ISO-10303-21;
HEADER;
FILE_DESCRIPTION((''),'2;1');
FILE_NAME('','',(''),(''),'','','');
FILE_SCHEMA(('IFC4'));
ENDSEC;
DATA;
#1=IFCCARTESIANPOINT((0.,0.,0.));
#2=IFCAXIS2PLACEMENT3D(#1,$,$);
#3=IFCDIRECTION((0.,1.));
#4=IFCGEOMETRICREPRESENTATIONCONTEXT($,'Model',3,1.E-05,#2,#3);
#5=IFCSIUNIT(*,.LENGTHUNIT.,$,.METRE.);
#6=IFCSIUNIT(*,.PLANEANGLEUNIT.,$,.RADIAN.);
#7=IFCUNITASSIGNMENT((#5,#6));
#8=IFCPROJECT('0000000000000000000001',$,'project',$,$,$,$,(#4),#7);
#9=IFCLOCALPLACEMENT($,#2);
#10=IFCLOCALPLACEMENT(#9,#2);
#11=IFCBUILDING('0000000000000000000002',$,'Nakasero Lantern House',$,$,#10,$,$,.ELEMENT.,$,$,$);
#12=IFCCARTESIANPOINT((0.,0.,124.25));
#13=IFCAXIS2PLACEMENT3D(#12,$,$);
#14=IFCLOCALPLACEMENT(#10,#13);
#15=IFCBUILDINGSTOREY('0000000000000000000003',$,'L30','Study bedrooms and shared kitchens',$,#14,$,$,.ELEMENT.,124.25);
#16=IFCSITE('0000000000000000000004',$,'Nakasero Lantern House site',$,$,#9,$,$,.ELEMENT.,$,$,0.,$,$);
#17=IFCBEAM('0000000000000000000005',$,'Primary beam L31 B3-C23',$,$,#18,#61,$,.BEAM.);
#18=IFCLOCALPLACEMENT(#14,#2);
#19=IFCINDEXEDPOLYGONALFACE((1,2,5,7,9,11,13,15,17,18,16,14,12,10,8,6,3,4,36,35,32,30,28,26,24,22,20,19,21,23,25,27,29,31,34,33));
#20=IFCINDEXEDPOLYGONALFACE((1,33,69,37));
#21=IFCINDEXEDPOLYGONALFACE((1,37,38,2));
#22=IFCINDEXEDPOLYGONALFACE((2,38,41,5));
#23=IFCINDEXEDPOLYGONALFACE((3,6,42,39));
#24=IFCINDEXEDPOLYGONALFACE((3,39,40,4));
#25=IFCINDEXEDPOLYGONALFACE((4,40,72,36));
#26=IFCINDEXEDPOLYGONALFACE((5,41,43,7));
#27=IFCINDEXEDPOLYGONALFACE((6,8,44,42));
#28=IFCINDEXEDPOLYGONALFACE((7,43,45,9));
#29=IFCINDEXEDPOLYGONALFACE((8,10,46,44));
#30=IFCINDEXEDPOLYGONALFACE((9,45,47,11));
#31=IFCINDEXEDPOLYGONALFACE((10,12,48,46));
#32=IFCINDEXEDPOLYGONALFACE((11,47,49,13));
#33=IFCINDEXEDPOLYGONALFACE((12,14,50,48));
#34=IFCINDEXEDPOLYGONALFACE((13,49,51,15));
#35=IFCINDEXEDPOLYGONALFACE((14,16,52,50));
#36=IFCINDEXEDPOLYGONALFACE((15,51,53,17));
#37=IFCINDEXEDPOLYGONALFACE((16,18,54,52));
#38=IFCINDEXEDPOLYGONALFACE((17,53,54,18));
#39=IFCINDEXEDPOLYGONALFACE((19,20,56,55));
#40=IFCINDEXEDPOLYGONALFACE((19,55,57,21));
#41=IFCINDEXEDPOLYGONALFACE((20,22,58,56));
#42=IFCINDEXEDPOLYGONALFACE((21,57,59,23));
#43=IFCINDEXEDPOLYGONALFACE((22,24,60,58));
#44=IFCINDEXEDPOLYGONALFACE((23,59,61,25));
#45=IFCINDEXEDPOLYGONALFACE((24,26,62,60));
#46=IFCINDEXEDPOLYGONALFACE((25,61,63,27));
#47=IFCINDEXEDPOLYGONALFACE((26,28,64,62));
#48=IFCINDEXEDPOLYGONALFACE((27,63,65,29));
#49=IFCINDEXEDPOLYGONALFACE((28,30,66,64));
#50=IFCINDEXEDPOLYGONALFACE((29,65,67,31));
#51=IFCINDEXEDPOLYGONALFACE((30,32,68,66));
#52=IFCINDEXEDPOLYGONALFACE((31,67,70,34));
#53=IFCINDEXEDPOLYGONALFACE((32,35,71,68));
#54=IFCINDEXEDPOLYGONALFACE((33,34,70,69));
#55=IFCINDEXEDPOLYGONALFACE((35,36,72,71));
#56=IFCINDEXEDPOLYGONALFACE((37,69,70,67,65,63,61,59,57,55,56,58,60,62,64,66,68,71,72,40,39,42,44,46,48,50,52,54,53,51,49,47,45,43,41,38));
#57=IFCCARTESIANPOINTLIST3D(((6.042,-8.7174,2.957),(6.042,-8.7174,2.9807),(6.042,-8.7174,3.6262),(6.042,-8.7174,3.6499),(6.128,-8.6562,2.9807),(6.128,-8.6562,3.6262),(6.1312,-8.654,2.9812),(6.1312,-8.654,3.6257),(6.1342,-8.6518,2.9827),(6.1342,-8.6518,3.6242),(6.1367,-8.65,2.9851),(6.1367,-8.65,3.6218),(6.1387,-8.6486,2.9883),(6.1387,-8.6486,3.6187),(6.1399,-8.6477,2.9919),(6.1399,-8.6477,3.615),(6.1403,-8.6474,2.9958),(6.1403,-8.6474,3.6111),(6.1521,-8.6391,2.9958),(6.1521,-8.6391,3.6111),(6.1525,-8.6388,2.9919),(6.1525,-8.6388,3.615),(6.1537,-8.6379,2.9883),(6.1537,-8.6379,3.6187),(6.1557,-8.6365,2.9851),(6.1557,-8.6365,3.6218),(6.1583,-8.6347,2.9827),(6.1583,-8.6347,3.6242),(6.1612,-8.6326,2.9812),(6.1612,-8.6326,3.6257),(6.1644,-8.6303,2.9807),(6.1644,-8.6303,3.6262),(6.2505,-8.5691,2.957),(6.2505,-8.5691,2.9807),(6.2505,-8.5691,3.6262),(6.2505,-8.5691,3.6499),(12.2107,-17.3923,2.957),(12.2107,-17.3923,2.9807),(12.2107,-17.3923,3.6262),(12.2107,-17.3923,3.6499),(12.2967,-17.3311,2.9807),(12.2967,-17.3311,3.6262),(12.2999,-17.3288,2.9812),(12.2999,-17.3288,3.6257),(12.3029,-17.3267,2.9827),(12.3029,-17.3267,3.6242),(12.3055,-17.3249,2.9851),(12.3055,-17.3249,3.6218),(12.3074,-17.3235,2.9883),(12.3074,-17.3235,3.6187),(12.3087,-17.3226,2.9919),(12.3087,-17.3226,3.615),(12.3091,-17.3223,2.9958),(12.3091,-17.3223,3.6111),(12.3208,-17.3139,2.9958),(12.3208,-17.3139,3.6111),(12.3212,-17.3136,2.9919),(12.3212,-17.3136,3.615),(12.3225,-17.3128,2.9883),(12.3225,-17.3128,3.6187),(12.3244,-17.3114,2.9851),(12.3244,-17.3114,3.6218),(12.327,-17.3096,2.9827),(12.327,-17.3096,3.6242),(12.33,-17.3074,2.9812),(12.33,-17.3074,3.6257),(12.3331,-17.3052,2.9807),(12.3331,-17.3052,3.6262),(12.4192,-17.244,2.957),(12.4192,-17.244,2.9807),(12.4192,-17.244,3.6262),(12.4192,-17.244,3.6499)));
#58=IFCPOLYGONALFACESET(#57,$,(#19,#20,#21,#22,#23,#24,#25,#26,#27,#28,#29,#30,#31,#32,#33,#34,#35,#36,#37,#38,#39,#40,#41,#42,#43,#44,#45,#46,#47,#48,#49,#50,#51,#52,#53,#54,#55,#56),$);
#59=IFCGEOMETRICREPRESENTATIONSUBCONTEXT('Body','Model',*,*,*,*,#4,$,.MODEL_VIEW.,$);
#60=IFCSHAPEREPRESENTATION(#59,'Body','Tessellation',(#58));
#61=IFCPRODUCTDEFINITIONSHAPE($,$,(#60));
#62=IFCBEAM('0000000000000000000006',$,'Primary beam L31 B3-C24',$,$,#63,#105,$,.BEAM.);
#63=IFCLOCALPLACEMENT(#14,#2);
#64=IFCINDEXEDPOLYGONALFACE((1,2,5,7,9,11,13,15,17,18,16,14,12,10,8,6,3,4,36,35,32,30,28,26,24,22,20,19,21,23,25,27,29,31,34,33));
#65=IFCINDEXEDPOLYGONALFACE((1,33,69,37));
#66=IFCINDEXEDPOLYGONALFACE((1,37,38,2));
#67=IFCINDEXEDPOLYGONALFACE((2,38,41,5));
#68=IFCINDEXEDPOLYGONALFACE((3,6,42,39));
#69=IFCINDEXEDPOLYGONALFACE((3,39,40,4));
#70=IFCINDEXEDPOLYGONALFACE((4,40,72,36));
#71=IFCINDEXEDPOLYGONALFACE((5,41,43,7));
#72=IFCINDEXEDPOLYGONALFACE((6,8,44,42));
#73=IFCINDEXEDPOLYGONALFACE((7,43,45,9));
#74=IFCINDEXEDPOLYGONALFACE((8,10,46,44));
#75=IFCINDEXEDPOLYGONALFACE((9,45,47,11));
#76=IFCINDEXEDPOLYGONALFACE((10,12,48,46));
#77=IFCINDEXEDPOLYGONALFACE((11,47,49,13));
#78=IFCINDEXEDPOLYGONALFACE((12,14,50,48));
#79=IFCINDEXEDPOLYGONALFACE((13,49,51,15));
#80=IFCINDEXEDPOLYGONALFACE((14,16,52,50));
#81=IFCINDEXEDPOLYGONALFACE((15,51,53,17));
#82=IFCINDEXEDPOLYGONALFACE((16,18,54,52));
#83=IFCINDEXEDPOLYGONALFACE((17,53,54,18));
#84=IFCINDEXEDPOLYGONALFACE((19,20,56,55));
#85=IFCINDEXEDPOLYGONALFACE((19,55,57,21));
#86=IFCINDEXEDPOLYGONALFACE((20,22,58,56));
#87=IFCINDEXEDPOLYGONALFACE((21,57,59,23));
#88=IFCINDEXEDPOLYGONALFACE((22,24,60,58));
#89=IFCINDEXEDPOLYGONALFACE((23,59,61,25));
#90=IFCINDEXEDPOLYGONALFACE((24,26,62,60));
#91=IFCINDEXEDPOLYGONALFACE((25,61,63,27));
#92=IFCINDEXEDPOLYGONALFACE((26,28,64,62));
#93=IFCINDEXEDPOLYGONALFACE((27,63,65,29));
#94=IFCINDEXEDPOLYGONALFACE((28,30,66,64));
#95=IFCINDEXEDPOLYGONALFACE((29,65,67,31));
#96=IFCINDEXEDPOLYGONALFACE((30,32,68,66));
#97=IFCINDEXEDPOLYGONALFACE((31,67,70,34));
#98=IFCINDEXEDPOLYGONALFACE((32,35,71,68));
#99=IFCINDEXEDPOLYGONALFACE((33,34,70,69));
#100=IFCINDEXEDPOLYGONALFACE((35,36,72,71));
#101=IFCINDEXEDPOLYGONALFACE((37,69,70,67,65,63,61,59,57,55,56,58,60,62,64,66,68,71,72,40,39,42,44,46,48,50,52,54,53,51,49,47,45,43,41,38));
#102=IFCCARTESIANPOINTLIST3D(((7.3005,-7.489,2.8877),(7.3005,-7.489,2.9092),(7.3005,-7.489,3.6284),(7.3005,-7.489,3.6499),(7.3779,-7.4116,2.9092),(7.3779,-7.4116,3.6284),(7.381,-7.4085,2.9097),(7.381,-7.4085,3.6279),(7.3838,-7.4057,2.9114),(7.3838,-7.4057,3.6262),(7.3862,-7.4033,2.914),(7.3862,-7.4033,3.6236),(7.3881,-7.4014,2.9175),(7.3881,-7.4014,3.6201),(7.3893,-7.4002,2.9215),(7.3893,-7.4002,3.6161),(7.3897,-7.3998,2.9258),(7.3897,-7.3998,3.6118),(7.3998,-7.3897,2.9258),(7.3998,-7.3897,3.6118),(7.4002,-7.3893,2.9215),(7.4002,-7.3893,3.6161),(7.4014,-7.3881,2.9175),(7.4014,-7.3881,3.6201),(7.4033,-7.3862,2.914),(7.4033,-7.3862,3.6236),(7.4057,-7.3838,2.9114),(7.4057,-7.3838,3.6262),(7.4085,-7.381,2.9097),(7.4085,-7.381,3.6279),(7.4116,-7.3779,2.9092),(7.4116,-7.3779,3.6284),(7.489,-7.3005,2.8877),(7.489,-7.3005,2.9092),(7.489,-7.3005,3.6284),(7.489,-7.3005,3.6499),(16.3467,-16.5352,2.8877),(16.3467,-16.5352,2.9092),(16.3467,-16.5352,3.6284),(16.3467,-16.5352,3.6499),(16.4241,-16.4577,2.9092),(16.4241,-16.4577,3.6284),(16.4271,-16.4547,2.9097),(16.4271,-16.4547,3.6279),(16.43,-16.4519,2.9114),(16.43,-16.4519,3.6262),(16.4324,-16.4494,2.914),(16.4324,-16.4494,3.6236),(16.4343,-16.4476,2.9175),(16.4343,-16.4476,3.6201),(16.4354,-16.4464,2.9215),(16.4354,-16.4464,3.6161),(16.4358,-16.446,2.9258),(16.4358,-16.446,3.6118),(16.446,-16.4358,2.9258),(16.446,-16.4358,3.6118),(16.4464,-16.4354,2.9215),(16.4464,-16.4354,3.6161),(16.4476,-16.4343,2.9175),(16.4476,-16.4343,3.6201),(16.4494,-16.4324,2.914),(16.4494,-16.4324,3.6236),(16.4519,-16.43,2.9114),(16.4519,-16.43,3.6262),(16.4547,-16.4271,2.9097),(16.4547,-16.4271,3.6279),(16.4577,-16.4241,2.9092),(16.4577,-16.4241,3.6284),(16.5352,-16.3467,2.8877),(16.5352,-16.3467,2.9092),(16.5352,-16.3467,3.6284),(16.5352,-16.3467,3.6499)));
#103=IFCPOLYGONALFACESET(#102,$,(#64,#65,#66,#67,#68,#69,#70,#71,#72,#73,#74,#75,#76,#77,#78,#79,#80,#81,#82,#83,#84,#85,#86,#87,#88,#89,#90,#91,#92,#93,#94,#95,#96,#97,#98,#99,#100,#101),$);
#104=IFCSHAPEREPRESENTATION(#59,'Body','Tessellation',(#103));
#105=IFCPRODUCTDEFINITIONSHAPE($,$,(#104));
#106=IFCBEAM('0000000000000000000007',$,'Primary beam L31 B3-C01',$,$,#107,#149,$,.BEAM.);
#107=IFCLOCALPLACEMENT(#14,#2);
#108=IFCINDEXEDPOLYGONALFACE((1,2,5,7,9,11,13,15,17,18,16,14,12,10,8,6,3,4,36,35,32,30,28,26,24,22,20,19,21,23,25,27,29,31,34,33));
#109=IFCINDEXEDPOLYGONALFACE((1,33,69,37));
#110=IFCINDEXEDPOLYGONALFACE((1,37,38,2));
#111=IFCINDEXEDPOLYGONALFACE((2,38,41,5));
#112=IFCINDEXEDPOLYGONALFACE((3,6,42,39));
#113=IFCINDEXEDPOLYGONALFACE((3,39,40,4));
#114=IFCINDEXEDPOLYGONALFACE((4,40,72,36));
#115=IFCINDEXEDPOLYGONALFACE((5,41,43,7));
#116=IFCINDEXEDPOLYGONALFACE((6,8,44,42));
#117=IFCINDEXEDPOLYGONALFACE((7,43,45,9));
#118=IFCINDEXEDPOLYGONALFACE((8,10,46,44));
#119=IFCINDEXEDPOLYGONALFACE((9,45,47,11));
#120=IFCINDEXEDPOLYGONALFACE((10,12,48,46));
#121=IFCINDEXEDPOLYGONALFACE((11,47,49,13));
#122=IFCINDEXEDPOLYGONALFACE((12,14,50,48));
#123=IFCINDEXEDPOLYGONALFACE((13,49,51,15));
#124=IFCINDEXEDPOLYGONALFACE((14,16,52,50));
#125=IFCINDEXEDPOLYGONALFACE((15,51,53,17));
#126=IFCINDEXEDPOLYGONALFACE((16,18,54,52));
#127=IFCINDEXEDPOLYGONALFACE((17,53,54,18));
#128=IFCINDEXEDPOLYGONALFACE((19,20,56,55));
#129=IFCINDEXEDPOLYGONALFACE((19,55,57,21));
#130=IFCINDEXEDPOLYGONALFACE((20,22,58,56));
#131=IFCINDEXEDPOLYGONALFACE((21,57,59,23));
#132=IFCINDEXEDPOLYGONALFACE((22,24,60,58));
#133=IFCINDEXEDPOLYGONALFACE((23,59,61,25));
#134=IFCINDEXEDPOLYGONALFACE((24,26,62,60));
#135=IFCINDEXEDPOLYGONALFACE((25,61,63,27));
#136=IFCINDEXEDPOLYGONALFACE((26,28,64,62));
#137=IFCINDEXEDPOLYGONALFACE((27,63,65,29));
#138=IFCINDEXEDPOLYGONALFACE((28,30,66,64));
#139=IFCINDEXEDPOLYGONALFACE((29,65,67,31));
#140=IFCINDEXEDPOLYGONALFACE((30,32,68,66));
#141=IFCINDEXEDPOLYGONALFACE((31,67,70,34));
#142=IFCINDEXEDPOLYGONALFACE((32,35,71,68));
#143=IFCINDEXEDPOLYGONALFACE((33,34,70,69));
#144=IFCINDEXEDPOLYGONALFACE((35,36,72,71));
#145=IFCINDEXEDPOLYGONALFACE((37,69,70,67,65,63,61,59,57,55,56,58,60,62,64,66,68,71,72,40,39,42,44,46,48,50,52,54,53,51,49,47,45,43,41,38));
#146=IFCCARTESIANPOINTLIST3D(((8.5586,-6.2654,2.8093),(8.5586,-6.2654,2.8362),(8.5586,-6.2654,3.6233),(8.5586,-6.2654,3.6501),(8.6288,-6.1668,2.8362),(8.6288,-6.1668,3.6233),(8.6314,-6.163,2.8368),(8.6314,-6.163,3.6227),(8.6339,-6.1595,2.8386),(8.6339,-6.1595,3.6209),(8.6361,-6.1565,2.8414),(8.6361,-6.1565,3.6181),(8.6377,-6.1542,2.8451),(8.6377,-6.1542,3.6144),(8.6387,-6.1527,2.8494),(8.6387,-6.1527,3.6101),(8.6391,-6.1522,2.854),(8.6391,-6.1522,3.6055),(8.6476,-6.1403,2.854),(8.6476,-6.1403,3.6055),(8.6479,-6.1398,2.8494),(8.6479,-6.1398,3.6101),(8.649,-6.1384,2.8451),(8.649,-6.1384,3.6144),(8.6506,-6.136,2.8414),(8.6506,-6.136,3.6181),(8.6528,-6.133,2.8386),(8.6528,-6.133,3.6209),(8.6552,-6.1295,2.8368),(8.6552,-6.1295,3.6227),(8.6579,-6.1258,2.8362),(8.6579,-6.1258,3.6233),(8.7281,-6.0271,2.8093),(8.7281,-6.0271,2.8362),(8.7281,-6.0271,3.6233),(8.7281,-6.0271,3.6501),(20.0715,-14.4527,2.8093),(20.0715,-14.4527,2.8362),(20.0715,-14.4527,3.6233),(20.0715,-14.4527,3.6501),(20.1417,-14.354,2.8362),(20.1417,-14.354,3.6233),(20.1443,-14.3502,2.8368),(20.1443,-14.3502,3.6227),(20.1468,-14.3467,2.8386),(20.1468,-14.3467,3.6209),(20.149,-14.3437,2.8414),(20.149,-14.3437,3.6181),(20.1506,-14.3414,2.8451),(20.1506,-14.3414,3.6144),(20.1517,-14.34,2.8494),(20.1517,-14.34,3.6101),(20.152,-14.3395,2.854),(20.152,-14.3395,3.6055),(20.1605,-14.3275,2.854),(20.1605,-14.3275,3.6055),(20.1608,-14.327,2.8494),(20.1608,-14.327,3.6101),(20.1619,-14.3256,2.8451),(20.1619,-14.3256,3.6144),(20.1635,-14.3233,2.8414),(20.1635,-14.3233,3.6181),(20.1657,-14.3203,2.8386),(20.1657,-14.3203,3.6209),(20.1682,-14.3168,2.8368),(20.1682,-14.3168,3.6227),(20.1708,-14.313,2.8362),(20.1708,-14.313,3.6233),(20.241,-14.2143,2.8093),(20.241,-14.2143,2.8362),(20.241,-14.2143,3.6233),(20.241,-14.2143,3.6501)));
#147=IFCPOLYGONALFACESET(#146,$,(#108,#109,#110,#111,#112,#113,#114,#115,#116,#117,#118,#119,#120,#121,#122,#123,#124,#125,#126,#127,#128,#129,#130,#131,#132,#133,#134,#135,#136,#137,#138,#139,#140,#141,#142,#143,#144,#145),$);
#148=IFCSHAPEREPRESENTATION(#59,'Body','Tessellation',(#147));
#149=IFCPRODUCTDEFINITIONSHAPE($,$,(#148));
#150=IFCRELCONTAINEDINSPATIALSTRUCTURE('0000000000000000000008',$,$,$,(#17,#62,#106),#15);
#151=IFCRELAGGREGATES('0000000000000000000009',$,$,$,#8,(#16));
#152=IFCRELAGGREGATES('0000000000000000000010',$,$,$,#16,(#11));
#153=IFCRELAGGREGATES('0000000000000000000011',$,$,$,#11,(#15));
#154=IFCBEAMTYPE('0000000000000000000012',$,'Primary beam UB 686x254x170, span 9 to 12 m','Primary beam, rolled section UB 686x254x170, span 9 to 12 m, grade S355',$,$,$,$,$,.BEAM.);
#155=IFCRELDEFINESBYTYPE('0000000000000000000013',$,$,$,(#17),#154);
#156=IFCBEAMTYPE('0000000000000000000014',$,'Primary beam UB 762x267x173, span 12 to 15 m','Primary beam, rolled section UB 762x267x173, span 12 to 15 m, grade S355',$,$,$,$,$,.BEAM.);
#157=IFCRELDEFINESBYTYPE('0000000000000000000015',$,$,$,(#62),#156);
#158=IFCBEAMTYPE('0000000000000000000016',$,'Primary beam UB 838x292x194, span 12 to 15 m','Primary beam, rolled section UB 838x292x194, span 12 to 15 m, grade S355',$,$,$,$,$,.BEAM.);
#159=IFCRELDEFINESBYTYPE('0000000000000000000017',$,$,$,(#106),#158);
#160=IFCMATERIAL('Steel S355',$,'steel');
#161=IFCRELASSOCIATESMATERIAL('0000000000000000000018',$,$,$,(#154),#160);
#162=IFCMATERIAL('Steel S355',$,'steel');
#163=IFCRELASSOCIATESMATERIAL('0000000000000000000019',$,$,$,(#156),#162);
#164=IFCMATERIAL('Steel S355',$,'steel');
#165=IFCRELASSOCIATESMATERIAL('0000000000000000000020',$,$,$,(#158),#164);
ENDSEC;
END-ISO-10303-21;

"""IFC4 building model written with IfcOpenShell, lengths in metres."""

from ifc_helpers import new_model, si_unit, direction, frame, origin, origin_2d, place, context, subcontext, project, spatial, i_section, extrude, material, material_profile, profile_set, type_object, element, save


model = new_model("IFC4")

# Units and contexts
model_context = context("Model", 3, precision=1e-05, world=origin(), true_north=direction((0.0, 1.0)))
body_context = subcontext(model_context, "Body", "Model", "MODEL_VIEW")
ifc_project = project(units=[si_unit("LENGTHUNIT", "METRE"), si_unit("PLANEANGLEUNIT", "RADIAN")], contexts=[model_context])

# Site, building, storey
site_placement = place(None, origin())
site = spatial("IfcSite", under=ifc_project, at=site_placement, Name="Nakasero Lantern House site", CompositionType="ELEMENT", RefElevation=0.0)
building_placement = place(site_placement, origin())
building = spatial("IfcBuilding", under=site, at=building_placement, Name="Nakasero Lantern House", CompositionType="ELEMENT")
storey_placement = place(building_placement, frame((0.0, 0.0, 124.25)))
storey = spatial("IfcBuildingStorey", under=building, at=storey_placement, Name="L30", Description="Study bedrooms and shared kitchens", CompositionType="ELEMENT", Elevation=124.25)

# Beams
ifc_material_1 = material(Name="Steel S355", Category="steel")
ifc_material_profile_1 = material_profile(ifc_material_1, i_section(OverallWidth=0.2559, OverallDepth=0.6929, WebThickness=0.0144, FlangeThickness=0.0237, FilletRadius=0.0151, at=origin_2d()), Name="UB 686x254x170")
ifc_profile_set_1 = profile_set([ifc_material_profile_1], Name="Steel S355")
beam_type_1 = type_object("IfcBeamType", Name="Primary beam UB 686x254x170, span 9 to 12 m", Description="Primary beam, rolled section UB 686x254x170, span 9 to 12 m, grade S355", PredefinedType="BEAM", material=ifc_profile_set_1)
beam_1_placement = place(storey_placement, frame((12.3149, -17.3181, 3.3035), z_axis=(-0.579521, 0.814957, 0.0), x_axis=(-0.814957, -0.579521, 0.0)))
element("IfcBeam", 1, at=beam_1_placement, inside=storey, type_object=beam_type_1, Name="Primary beam L31 B3-C23", PredefinedType="BEAM", context=body_context, shape_type="SweptSolid", body=[
    extrude(i_section(OverallWidth=0.2559, OverallDepth=0.6929, WebThickness=0.0144, FlangeThickness=0.0237, FilletRadius=0.0151, at=origin_2d()), origin(), (0.0, 0.0, 1.0), 10.6445),
])
ifc_material_2 = material(Name="Steel S355", Category="steel")
ifc_material_profile_2 = material_profile(ifc_material_2, i_section(OverallWidth=0.2666, OverallDepth=0.7622, WebThickness=0.0144, FlangeThickness=0.0215, FilletRadius=0.0166, at=origin_2d()), Name="UB 762x267x173")
ifc_profile_set_2 = profile_set([ifc_material_profile_2], Name="Steel S355")
beam_type_2 = type_object("IfcBeamType", Name="Primary beam UB 762x267x173, span 12 to 15 m", Description="Primary beam, rolled section UB 762x267x173, span 12 to 15 m, grade S355", PredefinedType="BEAM", material=ifc_profile_set_2)
beam_2_placement = place(storey_placement, frame((16.4409, -16.4409, 3.2688), z_axis=(-0.707107, 0.707107, 0.0), x_axis=(-0.707107, -0.707107, 0.0)))
element("IfcBeam", 2, at=beam_2_placement, inside=storey, type_object=beam_type_2, Name="Primary beam L31 B3-C24", PredefinedType="BEAM", context=body_context, shape_type="SweptSolid", body=[
    extrude(i_section(OverallWidth=0.2666, OverallDepth=0.7622, WebThickness=0.0144, FlangeThickness=0.0215, FilletRadius=0.0166, at=origin_2d()), origin(), (0.0, 0.0, 1.0), 12.7932),
])
ifc_material_3 = material(Name="Steel S355", Category="steel")
ifc_material_profile_3 = material_profile(ifc_material_3, i_section(OverallWidth=0.2925, OverallDepth=0.8408, WebThickness=0.0146, FlangeThickness=0.0269, FilletRadius=0.0178, at=origin_2d()), Name="UB 838x292x194")
ifc_profile_set_3 = profile_set([ifc_material_profile_3], Name="Steel S355")
beam_type_3 = type_object("IfcBeamType", Name="Primary beam UB 838x292x194, span 12 to 15 m", Description="Primary beam, rolled section UB 838x292x194, span 12 to 15 m, grade S355", PredefinedType="BEAM", material=ifc_profile_set_3)
beam_3_placement = place(storey_placement, frame((20.1562, -14.3335, 3.2297), z_axis=(-0.814946, 0.579537, 0.0), x_axis=(-0.579537, -0.814946, 0.0)))
element("IfcBeam", 3, at=beam_3_placement, inside=storey, type_object=beam_type_3, Name="Primary beam L31 B3-C01", PredefinedType="BEAM", context=body_context, shape_type="SweptSolid", body=[
    extrude(i_section(OverallWidth=0.2925, OverallDepth=0.8408, WebThickness=0.0146, FlangeThickness=0.0269, FilletRadius=0.0178, at=origin_2d()), origin(), (0.0, 0.0, 1.0), 14.1272),
])

save(model, "model.ifc")
